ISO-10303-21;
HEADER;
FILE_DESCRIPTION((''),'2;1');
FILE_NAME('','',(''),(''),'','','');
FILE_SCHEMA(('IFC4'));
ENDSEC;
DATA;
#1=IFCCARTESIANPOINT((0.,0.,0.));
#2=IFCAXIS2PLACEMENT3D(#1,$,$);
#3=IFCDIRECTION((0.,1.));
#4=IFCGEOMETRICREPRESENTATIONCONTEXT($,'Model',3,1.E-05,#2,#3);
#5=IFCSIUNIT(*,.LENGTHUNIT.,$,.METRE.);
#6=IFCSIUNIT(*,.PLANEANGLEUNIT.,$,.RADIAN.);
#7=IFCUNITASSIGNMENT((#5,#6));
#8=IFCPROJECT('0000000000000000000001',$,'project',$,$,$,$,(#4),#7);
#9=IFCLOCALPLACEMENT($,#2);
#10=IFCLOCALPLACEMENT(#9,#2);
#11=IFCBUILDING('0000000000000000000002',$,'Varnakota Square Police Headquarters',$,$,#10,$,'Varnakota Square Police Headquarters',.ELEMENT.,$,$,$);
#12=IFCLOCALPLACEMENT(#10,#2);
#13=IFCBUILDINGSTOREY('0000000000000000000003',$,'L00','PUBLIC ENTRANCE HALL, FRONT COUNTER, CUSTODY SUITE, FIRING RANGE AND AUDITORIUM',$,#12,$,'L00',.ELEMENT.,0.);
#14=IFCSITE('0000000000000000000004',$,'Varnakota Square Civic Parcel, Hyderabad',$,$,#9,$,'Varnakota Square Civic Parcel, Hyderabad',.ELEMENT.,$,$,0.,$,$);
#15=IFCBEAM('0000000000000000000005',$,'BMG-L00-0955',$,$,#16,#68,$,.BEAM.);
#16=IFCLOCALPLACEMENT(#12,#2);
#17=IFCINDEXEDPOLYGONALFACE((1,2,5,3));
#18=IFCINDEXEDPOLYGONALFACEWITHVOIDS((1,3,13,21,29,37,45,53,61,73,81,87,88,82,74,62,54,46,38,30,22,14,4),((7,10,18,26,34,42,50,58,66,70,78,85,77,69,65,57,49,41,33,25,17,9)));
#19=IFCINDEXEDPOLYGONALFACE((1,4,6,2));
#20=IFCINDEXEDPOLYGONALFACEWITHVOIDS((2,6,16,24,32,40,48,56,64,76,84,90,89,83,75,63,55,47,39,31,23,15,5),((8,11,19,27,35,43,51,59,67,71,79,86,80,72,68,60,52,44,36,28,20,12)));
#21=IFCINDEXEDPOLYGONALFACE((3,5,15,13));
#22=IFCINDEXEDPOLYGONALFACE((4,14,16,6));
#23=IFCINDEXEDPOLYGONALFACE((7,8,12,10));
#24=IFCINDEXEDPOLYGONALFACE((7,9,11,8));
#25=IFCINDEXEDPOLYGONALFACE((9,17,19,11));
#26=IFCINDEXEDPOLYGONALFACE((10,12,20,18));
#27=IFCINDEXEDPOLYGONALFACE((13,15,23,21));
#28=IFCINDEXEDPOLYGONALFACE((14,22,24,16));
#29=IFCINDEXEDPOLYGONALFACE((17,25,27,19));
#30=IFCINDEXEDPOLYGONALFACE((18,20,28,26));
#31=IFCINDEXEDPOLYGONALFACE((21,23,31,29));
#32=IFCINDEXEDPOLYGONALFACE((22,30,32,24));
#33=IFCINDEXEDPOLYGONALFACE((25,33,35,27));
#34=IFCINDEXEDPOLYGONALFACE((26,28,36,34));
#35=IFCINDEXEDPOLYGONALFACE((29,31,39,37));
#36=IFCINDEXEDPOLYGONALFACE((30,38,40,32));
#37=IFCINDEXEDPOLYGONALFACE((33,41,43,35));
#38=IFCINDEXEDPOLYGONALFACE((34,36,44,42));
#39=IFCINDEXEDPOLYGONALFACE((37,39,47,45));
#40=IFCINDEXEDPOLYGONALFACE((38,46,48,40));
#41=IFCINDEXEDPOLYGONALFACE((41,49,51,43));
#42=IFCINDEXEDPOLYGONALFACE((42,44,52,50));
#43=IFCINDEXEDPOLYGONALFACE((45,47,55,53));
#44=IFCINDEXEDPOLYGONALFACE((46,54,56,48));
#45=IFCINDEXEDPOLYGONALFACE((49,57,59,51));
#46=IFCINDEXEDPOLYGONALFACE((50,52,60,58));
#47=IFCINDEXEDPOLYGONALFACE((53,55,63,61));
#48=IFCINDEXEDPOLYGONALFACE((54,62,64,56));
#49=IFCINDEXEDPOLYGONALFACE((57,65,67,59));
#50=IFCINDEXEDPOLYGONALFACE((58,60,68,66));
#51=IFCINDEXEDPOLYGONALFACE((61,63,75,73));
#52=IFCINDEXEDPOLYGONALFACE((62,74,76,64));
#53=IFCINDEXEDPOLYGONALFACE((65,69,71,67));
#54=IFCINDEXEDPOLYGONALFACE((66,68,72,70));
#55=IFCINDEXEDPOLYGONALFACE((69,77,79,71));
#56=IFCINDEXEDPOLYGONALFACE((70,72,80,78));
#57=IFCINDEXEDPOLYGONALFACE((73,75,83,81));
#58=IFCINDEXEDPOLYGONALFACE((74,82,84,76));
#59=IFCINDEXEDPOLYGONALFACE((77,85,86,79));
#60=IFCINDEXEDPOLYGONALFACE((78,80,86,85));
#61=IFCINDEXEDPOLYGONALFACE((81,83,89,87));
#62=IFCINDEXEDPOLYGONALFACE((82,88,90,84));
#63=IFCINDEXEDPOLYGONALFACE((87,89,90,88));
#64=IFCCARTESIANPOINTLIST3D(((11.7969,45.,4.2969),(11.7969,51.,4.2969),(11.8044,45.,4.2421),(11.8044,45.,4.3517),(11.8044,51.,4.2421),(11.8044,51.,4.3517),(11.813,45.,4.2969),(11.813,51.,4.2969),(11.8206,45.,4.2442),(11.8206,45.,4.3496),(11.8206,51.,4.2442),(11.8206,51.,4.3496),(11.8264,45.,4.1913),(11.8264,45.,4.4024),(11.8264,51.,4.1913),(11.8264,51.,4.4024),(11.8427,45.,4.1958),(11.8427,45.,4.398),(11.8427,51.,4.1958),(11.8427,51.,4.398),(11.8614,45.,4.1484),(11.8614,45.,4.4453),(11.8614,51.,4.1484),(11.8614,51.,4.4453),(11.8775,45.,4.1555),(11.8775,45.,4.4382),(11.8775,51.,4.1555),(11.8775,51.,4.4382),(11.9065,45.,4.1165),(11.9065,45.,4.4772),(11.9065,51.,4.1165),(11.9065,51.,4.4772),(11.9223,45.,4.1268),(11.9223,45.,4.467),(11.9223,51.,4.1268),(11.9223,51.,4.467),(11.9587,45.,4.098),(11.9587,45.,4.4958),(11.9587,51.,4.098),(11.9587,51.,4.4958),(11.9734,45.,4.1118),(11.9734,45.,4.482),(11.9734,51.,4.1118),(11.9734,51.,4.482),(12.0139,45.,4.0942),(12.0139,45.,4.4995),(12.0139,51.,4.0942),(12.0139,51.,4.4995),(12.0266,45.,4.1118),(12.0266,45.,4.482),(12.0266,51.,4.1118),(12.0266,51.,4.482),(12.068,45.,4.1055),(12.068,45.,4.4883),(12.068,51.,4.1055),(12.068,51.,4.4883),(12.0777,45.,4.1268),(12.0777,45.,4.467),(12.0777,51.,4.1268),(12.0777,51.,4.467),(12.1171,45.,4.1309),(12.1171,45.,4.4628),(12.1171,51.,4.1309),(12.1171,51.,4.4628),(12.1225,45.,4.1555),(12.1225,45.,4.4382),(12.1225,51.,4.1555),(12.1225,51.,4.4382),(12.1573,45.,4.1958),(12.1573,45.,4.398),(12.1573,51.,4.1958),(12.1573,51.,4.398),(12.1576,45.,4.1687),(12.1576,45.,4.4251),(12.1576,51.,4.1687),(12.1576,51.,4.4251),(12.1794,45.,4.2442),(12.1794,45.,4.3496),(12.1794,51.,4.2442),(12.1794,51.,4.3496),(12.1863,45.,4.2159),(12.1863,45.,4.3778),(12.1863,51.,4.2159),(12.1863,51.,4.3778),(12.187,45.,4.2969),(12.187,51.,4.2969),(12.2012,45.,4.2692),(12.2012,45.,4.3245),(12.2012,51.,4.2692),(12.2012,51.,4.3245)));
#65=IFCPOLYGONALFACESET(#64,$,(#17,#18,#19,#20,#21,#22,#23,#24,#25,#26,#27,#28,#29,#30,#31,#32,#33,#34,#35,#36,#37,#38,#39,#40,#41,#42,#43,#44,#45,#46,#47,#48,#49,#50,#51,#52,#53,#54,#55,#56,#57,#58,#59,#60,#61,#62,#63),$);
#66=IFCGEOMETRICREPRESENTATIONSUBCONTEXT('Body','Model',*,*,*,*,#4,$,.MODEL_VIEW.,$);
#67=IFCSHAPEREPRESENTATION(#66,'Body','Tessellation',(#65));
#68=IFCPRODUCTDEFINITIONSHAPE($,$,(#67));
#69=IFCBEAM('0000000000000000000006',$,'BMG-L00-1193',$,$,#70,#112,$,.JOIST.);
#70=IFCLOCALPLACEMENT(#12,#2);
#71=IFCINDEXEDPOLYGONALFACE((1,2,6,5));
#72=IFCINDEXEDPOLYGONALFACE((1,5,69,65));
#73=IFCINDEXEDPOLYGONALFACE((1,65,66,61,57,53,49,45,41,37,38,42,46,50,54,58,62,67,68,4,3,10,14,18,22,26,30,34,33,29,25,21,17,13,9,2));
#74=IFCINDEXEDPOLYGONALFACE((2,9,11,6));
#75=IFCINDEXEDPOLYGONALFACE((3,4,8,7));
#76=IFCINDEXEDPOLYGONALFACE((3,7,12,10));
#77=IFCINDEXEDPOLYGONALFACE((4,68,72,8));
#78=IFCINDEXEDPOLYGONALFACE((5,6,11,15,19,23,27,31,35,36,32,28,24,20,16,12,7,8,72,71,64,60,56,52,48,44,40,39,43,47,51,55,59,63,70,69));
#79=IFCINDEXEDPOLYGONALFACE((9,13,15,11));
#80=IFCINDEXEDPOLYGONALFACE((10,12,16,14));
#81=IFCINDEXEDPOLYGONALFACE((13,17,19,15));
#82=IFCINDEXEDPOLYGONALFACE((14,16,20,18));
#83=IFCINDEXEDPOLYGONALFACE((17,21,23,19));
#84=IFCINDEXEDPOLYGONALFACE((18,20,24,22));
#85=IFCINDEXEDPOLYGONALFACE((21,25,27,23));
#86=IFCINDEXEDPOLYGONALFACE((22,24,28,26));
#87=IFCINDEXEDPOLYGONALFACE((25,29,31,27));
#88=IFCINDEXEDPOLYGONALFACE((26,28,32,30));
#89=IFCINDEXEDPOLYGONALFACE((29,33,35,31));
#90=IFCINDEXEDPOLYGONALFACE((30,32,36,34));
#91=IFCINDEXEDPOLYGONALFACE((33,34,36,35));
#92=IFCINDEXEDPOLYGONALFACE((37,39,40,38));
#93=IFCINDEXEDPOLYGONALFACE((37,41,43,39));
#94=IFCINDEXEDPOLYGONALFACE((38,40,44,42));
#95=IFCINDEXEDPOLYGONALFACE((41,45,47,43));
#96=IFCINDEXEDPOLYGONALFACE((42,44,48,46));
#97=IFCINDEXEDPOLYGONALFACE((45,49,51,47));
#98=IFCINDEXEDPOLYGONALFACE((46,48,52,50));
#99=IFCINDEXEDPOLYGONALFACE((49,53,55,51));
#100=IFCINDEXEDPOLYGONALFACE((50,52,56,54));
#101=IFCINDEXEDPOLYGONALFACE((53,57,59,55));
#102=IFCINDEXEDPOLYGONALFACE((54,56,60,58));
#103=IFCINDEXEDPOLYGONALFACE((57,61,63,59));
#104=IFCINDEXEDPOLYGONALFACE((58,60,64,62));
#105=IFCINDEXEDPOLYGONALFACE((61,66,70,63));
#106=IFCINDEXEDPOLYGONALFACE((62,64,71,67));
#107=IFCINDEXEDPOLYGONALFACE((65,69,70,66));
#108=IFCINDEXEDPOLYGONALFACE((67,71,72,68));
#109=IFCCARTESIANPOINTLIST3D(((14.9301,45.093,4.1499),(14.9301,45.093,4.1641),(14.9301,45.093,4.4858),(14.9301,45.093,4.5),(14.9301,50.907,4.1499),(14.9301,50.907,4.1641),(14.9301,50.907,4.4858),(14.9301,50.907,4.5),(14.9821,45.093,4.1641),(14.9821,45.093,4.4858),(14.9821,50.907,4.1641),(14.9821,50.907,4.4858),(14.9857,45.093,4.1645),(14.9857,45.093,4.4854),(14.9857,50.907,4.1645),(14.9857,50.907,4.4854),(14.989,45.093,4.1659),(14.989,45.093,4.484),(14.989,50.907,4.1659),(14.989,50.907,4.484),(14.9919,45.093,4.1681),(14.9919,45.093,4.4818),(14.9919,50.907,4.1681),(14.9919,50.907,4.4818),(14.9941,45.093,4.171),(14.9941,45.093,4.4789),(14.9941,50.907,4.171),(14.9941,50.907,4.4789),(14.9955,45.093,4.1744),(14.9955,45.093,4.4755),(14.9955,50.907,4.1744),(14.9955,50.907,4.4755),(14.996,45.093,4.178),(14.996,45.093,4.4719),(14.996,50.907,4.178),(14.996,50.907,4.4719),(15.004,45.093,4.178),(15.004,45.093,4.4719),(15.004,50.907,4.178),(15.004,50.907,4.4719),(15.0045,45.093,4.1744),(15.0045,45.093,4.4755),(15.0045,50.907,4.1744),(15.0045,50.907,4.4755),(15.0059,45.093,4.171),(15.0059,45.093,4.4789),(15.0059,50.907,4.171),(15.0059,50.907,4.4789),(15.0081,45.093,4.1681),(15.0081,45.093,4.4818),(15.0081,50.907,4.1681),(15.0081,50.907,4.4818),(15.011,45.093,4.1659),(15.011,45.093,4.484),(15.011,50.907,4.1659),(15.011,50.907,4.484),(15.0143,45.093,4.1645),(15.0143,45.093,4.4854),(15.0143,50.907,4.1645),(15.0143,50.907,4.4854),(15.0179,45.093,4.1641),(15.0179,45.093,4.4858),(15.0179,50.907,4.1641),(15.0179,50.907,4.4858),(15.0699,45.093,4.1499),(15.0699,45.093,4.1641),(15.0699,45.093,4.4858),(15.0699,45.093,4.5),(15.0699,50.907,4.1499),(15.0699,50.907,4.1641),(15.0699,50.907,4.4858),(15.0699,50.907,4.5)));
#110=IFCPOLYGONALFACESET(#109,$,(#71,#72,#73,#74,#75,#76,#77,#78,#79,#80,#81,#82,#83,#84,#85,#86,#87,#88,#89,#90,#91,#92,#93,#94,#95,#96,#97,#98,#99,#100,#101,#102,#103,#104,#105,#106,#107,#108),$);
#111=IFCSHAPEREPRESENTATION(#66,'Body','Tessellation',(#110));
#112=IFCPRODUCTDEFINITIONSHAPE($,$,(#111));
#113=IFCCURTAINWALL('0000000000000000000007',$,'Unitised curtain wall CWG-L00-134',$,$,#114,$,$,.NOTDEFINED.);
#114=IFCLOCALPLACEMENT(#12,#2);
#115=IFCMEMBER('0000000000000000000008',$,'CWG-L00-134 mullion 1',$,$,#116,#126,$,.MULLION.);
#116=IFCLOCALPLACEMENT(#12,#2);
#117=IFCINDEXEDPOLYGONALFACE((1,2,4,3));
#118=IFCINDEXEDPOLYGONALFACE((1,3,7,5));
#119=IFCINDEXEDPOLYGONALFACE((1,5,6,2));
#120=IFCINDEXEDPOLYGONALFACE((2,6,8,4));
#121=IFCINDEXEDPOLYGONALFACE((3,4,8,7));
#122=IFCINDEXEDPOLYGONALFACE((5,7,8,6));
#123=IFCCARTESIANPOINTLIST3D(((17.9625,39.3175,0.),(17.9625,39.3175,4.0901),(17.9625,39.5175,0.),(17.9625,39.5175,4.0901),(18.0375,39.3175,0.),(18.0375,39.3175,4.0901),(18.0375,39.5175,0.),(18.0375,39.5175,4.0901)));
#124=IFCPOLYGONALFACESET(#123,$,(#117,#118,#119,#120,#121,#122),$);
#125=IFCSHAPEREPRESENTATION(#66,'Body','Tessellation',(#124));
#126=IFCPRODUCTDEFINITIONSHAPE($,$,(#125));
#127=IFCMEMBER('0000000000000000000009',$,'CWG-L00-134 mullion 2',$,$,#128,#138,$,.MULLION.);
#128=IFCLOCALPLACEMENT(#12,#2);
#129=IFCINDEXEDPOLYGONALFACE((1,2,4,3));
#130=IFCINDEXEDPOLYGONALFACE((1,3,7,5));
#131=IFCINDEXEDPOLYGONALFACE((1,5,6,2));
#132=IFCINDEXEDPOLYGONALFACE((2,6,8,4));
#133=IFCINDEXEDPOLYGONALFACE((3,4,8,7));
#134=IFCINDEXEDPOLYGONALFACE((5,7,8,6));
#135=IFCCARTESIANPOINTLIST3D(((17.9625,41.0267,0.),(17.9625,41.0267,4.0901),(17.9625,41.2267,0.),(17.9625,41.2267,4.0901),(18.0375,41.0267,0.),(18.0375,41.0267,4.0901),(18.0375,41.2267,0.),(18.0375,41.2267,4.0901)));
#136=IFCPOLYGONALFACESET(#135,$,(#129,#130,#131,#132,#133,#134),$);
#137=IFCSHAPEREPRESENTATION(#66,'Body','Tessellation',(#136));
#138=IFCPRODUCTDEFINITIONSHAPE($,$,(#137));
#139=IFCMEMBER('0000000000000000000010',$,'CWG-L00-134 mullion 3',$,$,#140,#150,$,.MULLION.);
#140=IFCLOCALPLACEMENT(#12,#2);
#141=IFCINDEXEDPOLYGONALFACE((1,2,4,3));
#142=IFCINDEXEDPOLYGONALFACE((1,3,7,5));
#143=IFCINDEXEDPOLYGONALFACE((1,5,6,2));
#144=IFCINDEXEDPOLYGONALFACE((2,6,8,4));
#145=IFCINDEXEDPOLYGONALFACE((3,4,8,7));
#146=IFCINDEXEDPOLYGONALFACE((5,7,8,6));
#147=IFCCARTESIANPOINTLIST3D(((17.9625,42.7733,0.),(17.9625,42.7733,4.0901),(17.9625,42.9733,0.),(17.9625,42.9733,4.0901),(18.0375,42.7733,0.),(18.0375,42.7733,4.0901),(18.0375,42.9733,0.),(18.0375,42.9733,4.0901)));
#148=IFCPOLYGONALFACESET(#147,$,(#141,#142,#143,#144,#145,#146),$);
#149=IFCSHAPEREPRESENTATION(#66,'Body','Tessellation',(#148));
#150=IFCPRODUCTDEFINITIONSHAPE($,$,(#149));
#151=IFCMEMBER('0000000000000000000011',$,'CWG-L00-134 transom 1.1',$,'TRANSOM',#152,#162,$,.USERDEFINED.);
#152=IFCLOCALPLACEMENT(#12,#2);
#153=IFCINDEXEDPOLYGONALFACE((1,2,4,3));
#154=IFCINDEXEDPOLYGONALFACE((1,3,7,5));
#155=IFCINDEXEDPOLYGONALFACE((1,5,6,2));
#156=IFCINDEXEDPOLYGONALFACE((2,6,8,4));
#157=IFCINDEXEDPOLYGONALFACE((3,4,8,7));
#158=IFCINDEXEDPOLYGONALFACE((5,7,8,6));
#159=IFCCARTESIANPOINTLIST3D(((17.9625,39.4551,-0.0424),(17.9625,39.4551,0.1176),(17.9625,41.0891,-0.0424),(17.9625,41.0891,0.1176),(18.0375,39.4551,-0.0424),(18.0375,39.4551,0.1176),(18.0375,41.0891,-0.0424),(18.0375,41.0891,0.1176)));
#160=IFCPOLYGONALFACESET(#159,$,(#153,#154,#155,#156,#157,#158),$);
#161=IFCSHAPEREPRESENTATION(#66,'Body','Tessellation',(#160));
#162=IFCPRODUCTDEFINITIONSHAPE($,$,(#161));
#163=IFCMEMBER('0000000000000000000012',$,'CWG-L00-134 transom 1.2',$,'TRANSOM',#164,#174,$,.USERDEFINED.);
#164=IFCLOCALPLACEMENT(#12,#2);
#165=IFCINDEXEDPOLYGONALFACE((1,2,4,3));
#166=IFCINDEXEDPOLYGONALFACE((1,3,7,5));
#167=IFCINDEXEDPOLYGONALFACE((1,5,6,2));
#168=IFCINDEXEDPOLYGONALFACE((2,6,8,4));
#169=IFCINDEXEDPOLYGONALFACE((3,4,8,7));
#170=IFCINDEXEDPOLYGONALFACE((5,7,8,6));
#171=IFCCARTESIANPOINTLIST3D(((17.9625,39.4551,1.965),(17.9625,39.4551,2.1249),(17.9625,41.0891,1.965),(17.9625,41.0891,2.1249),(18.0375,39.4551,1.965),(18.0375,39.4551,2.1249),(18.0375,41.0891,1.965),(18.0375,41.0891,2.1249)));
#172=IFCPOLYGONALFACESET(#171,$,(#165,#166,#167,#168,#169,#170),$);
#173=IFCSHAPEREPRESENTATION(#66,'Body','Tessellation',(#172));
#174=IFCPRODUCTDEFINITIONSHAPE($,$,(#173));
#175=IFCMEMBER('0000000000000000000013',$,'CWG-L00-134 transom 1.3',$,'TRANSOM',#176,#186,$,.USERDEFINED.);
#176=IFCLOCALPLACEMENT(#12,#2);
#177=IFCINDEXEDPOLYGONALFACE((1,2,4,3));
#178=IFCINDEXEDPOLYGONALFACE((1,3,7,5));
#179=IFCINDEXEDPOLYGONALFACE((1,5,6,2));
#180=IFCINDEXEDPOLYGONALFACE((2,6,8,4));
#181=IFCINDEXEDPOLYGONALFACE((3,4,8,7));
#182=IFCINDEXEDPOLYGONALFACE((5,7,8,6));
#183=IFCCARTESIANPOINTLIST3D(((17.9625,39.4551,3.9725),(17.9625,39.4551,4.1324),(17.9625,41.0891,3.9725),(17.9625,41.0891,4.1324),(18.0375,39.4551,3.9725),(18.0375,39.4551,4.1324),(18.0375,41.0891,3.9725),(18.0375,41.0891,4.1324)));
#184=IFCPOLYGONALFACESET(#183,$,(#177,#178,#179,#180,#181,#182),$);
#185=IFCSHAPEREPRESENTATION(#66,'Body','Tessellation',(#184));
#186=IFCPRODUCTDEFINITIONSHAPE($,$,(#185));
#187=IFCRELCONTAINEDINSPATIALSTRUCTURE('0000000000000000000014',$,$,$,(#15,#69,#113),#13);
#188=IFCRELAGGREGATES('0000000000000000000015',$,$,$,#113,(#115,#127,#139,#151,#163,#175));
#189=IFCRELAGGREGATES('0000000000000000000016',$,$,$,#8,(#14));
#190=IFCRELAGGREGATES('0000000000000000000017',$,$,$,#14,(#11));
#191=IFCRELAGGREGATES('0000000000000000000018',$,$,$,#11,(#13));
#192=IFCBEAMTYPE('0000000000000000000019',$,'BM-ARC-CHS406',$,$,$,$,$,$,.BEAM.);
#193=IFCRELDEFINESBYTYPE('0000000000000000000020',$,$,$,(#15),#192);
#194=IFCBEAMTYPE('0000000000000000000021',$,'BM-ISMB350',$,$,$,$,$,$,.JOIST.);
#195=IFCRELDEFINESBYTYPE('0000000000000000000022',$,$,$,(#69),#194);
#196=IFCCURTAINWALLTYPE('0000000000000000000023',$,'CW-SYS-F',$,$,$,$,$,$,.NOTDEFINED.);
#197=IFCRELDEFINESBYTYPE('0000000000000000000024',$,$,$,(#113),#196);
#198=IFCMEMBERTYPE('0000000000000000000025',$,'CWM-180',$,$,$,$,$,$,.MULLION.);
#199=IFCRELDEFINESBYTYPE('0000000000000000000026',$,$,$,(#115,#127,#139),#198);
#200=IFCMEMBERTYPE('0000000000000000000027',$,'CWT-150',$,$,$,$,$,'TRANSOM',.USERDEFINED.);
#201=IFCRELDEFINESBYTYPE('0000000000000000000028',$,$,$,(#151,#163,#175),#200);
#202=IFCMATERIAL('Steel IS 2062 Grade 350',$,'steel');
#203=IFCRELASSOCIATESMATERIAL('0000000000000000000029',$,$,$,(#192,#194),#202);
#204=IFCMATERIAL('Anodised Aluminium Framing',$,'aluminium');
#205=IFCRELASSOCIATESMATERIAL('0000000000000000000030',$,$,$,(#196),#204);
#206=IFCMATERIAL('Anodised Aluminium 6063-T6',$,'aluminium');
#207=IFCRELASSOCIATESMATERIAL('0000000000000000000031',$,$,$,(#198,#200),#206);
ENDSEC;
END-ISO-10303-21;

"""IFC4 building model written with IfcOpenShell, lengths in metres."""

from ifc_helpers import new_model, si_unit, direction, frame, origin, origin_2d, place, context, subcontext, project, spatial, rectangle, hollow_circle, i_section, extrude, material, material_profile, profile_set, type_object, element, aggregate, save


model = new_model("IFC4")

# Units and contexts
model_context = context("Model", 3, precision=1e-05, world=origin(), true_north=direction((0.0, 1.0)))
body_context = subcontext(model_context, "Body", "Model", "MODEL_VIEW")
ifc_project = project(units=[si_unit("LENGTHUNIT", "METRE"), si_unit("PLANEANGLEUNIT", "RADIAN")], contexts=[model_context])

# Site, building, storey
site_placement = place(None, origin())
site = spatial("IfcSite", under=ifc_project, at=site_placement, Name="Varnakota Square Civic Parcel, Hyderabad", LongName="Varnakota Square Civic Parcel, Hyderabad", CompositionType="ELEMENT", RefElevation=0.0)
building_placement = place(site_placement, origin())
building = spatial("IfcBuilding", under=site, at=building_placement, Name="Varnakota Square Police Headquarters", LongName="Varnakota Square Police Headquarters", CompositionType="ELEMENT")
storey_placement = place(building_placement, origin())
storey = spatial("IfcBuildingStorey", under=building, at=storey_placement, Name="L00", Description="PUBLIC ENTRANCE HALL, FRONT COUNTER, CUSTODY SUITE, FIRING RANGE AND AUDITORIUM", LongName="L00", CompositionType="ELEMENT", Elevation=0.0)

# Beams
ifc_material_1 = material(Name="Steel IS 2062 Grade 350", Category="steel")
ifc_material_profile_1 = material_profile(ifc_material_1, hollow_circle(Radius=0.2031, WallThickness=0.0161, at=origin_2d()), Name="CHS 406.4x16.0")
ifc_profile_set_1 = profile_set([ifc_material_profile_1], Name="Steel IS 2062 Grade 350")
beam_type_1 = type_object("IfcBeamType", Name="BM-ARC-CHS406", PredefinedType="BEAM", material=ifc_profile_set_1)
beam_1_placement = place(storey_placement, frame((12.0, 45.0, 4.2969), z_axis=(0.0, 1.0, 0.0), x_axis=(-1.0, 0.0, 0.0)))
element("IfcBeam", 1, at=beam_1_placement, inside=storey, type_object=beam_type_1, Name="BMG-L00-0955", PredefinedType="BEAM", context=body_context, shape_type="SweptSolid", body=[
    extrude(hollow_circle(Radius=0.2031, WallThickness=0.0161, at=origin_2d()), origin(), (0.0, 0.0, 1.0), 6.0),
])
ifc_material_profile_2 = material_profile(ifc_material_1, i_section(OverallWidth=0.1399, OverallDepth=0.3501, WebThickness=0.0081, FlangeThickness=0.0142, FilletRadius=0.0139, at=origin_2d()), Name="ISMB 350")
ifc_profile_set_2 = profile_set([ifc_material_profile_2], Name="Steel IS 2062 Grade 350")
beam_type_2 = type_object("IfcBeamType", Name="BM-ISMB350", PredefinedType="JOIST", material=ifc_profile_set_2)
beam_2_placement = place(storey_placement, frame((15.0, 45.093, 4.325), z_axis=(0.0, 1.0, 0.0), x_axis=(-1.0, 0.0, 0.0)))
element("IfcBeam", 2, at=beam_2_placement, inside=storey, type_object=beam_type_2, Name="BMG-L00-1193", PredefinedType="JOIST", context=body_context, shape_type="SweptSolid", body=[
    extrude(i_section(OverallWidth=0.1399, OverallDepth=0.3501, WebThickness=0.0081, FlangeThickness=0.0142, FilletRadius=0.0139, at=origin_2d()), origin(), (0.0, 0.0, 1.0), 5.814),
])

# Curtain wall, members
ifc_material_2 = material(Name="Anodised Aluminium Framing", Category="aluminium")
curtain_wall_type = type_object("IfcCurtainWallType", Name="CW-SYS-F", PredefinedType="NOTDEFINED", material=ifc_material_2)
curtain_wall_placement = place(storey_placement, origin())
curtain_wall = element("IfcCurtainWall", 3, at=curtain_wall_placement, inside=storey, type_object=curtain_wall_type, Name="Unitised curtain wall CWG-L00-134", PredefinedType="NOTDEFINED")
ifc_material_3 = material(Name="Anodised Aluminium 6063-T6", Category="aluminium")
ifc_material_profile_3 = material_profile(ifc_material_3, rectangle(XDim=0.075, YDim=0.2, at=origin_2d()), Name="ALU MULLION 75x200")
ifc_profile_set_3 = profile_set([ifc_material_profile_3], Name="Anodised Aluminium 6063-T6")
member_type_1 = type_object("IfcMemberType", Name="CWM-180", PredefinedType="MULLION", material=ifc_profile_set_3)
member_1_placement = place(storey_placement, frame((18.0, 39.4175, 0.0), z_axis=(0.0, 0.0, 1.0), x_axis=(-1.0, 0.0, 0.0)))
member_1 = element("IfcMember", 4, at=member_1_placement, type_object=member_type_1, Name="CWG-L00-134 mullion 1", PredefinedType="MULLION", context=body_context, shape_type="SweptSolid", body=[
    extrude(rectangle(XDim=0.075, YDim=0.2, at=origin_2d()), origin(), (0.0, 0.0, 1.0), 4.0901),
])
member_2_placement = place(storey_placement, frame((18.0, 41.1267, 0.0), z_axis=(0.0, 0.0, 1.0), x_axis=(-1.0, 0.0, 0.0)))
member_2 = element("IfcMember", 5, at=member_2_placement, type_object=member_type_1, Name="CWG-L00-134 mullion 2", PredefinedType="MULLION", context=body_context, shape_type="SweptSolid", body=[
    extrude(rectangle(XDim=0.075, YDim=0.2, at=origin_2d()), origin(), (0.0, 0.0, 1.0), 4.0901),
])
member_3_placement = place(storey_placement, frame((18.0, 42.8733, 0.0), z_axis=(0.0, 0.0, 1.0), x_axis=(-1.0, 0.0, 0.0)))
member_3 = element("IfcMember", 6, at=member_3_placement, type_object=member_type_1, Name="CWG-L00-134 mullion 3", PredefinedType="MULLION", context=body_context, shape_type="SweptSolid", body=[
    extrude(rectangle(XDim=0.075, YDim=0.2, at=origin_2d()), origin(), (0.0, 0.0, 1.0), 4.0901),
])
ifc_material_profile_4 = material_profile(ifc_material_3, rectangle(XDim=0.075, YDim=0.1599, at=origin_2d()), Name="ALU TRANSOM 75x160")
ifc_profile_set_4 = profile_set([ifc_material_profile_4], Name="Anodised Aluminium 6063-T6")
member_type_2 = type_object("IfcMemberType", Name="CWT-150", ElementType="TRANSOM", PredefinedType="USERDEFINED", material=ifc_profile_set_4)
member_4_placement = place(storey_placement, frame((18.0, 39.4551, 0.0376), z_axis=(0.0, 1.0, 0.0), x_axis=(-1.0, 0.0, 0.0)))
member_4 = element("IfcMember", 7, at=member_4_placement, type_object=member_type_2, Name="CWG-L00-134 transom 1.1", ObjectType="TRANSOM", PredefinedType="USERDEFINED", context=body_context, shape_type="SweptSolid", body=[
    extrude(rectangle(XDim=0.075, YDim=0.1599, at=origin_2d()), origin(), (0.0, 0.0, 1.0), 1.634),
])
member_5_placement = place(storey_placement, frame((18.0, 39.4551, 2.0449), z_axis=(0.0, 1.0, 0.0), x_axis=(-1.0, 0.0, 0.0)))
member_5 = element("IfcMember", 8, at=member_5_placement, type_object=member_type_2, Name="CWG-L00-134 transom 1.2", ObjectType="TRANSOM", PredefinedType="USERDEFINED", context=body_context, shape_type="SweptSolid", body=[
    extrude(rectangle(XDim=0.075, YDim=0.1599, at=origin_2d()), origin(), (0.0, 0.0, 1.0), 1.634),
])
member_6_placement = place(storey_placement, frame((18.0, 39.4551, 4.0525), z_axis=(0.0, 1.0, 0.0), x_axis=(-1.0, 0.0, 0.0)))
member_6 = element("IfcMember", 9, at=member_6_placement, type_object=member_type_2, Name="CWG-L00-134 transom 1.3", ObjectType="TRANSOM", PredefinedType="USERDEFINED", context=body_context, shape_type="SweptSolid", body=[
    extrude(rectangle(XDim=0.075, YDim=0.1599, at=origin_2d()), origin(), (0.0, 0.0, 1.0), 1.634),
])
aggregate(curtain_wall, [member_1, member_2, member_3, member_4, member_5, member_6])

save(model, "model.ifc")
